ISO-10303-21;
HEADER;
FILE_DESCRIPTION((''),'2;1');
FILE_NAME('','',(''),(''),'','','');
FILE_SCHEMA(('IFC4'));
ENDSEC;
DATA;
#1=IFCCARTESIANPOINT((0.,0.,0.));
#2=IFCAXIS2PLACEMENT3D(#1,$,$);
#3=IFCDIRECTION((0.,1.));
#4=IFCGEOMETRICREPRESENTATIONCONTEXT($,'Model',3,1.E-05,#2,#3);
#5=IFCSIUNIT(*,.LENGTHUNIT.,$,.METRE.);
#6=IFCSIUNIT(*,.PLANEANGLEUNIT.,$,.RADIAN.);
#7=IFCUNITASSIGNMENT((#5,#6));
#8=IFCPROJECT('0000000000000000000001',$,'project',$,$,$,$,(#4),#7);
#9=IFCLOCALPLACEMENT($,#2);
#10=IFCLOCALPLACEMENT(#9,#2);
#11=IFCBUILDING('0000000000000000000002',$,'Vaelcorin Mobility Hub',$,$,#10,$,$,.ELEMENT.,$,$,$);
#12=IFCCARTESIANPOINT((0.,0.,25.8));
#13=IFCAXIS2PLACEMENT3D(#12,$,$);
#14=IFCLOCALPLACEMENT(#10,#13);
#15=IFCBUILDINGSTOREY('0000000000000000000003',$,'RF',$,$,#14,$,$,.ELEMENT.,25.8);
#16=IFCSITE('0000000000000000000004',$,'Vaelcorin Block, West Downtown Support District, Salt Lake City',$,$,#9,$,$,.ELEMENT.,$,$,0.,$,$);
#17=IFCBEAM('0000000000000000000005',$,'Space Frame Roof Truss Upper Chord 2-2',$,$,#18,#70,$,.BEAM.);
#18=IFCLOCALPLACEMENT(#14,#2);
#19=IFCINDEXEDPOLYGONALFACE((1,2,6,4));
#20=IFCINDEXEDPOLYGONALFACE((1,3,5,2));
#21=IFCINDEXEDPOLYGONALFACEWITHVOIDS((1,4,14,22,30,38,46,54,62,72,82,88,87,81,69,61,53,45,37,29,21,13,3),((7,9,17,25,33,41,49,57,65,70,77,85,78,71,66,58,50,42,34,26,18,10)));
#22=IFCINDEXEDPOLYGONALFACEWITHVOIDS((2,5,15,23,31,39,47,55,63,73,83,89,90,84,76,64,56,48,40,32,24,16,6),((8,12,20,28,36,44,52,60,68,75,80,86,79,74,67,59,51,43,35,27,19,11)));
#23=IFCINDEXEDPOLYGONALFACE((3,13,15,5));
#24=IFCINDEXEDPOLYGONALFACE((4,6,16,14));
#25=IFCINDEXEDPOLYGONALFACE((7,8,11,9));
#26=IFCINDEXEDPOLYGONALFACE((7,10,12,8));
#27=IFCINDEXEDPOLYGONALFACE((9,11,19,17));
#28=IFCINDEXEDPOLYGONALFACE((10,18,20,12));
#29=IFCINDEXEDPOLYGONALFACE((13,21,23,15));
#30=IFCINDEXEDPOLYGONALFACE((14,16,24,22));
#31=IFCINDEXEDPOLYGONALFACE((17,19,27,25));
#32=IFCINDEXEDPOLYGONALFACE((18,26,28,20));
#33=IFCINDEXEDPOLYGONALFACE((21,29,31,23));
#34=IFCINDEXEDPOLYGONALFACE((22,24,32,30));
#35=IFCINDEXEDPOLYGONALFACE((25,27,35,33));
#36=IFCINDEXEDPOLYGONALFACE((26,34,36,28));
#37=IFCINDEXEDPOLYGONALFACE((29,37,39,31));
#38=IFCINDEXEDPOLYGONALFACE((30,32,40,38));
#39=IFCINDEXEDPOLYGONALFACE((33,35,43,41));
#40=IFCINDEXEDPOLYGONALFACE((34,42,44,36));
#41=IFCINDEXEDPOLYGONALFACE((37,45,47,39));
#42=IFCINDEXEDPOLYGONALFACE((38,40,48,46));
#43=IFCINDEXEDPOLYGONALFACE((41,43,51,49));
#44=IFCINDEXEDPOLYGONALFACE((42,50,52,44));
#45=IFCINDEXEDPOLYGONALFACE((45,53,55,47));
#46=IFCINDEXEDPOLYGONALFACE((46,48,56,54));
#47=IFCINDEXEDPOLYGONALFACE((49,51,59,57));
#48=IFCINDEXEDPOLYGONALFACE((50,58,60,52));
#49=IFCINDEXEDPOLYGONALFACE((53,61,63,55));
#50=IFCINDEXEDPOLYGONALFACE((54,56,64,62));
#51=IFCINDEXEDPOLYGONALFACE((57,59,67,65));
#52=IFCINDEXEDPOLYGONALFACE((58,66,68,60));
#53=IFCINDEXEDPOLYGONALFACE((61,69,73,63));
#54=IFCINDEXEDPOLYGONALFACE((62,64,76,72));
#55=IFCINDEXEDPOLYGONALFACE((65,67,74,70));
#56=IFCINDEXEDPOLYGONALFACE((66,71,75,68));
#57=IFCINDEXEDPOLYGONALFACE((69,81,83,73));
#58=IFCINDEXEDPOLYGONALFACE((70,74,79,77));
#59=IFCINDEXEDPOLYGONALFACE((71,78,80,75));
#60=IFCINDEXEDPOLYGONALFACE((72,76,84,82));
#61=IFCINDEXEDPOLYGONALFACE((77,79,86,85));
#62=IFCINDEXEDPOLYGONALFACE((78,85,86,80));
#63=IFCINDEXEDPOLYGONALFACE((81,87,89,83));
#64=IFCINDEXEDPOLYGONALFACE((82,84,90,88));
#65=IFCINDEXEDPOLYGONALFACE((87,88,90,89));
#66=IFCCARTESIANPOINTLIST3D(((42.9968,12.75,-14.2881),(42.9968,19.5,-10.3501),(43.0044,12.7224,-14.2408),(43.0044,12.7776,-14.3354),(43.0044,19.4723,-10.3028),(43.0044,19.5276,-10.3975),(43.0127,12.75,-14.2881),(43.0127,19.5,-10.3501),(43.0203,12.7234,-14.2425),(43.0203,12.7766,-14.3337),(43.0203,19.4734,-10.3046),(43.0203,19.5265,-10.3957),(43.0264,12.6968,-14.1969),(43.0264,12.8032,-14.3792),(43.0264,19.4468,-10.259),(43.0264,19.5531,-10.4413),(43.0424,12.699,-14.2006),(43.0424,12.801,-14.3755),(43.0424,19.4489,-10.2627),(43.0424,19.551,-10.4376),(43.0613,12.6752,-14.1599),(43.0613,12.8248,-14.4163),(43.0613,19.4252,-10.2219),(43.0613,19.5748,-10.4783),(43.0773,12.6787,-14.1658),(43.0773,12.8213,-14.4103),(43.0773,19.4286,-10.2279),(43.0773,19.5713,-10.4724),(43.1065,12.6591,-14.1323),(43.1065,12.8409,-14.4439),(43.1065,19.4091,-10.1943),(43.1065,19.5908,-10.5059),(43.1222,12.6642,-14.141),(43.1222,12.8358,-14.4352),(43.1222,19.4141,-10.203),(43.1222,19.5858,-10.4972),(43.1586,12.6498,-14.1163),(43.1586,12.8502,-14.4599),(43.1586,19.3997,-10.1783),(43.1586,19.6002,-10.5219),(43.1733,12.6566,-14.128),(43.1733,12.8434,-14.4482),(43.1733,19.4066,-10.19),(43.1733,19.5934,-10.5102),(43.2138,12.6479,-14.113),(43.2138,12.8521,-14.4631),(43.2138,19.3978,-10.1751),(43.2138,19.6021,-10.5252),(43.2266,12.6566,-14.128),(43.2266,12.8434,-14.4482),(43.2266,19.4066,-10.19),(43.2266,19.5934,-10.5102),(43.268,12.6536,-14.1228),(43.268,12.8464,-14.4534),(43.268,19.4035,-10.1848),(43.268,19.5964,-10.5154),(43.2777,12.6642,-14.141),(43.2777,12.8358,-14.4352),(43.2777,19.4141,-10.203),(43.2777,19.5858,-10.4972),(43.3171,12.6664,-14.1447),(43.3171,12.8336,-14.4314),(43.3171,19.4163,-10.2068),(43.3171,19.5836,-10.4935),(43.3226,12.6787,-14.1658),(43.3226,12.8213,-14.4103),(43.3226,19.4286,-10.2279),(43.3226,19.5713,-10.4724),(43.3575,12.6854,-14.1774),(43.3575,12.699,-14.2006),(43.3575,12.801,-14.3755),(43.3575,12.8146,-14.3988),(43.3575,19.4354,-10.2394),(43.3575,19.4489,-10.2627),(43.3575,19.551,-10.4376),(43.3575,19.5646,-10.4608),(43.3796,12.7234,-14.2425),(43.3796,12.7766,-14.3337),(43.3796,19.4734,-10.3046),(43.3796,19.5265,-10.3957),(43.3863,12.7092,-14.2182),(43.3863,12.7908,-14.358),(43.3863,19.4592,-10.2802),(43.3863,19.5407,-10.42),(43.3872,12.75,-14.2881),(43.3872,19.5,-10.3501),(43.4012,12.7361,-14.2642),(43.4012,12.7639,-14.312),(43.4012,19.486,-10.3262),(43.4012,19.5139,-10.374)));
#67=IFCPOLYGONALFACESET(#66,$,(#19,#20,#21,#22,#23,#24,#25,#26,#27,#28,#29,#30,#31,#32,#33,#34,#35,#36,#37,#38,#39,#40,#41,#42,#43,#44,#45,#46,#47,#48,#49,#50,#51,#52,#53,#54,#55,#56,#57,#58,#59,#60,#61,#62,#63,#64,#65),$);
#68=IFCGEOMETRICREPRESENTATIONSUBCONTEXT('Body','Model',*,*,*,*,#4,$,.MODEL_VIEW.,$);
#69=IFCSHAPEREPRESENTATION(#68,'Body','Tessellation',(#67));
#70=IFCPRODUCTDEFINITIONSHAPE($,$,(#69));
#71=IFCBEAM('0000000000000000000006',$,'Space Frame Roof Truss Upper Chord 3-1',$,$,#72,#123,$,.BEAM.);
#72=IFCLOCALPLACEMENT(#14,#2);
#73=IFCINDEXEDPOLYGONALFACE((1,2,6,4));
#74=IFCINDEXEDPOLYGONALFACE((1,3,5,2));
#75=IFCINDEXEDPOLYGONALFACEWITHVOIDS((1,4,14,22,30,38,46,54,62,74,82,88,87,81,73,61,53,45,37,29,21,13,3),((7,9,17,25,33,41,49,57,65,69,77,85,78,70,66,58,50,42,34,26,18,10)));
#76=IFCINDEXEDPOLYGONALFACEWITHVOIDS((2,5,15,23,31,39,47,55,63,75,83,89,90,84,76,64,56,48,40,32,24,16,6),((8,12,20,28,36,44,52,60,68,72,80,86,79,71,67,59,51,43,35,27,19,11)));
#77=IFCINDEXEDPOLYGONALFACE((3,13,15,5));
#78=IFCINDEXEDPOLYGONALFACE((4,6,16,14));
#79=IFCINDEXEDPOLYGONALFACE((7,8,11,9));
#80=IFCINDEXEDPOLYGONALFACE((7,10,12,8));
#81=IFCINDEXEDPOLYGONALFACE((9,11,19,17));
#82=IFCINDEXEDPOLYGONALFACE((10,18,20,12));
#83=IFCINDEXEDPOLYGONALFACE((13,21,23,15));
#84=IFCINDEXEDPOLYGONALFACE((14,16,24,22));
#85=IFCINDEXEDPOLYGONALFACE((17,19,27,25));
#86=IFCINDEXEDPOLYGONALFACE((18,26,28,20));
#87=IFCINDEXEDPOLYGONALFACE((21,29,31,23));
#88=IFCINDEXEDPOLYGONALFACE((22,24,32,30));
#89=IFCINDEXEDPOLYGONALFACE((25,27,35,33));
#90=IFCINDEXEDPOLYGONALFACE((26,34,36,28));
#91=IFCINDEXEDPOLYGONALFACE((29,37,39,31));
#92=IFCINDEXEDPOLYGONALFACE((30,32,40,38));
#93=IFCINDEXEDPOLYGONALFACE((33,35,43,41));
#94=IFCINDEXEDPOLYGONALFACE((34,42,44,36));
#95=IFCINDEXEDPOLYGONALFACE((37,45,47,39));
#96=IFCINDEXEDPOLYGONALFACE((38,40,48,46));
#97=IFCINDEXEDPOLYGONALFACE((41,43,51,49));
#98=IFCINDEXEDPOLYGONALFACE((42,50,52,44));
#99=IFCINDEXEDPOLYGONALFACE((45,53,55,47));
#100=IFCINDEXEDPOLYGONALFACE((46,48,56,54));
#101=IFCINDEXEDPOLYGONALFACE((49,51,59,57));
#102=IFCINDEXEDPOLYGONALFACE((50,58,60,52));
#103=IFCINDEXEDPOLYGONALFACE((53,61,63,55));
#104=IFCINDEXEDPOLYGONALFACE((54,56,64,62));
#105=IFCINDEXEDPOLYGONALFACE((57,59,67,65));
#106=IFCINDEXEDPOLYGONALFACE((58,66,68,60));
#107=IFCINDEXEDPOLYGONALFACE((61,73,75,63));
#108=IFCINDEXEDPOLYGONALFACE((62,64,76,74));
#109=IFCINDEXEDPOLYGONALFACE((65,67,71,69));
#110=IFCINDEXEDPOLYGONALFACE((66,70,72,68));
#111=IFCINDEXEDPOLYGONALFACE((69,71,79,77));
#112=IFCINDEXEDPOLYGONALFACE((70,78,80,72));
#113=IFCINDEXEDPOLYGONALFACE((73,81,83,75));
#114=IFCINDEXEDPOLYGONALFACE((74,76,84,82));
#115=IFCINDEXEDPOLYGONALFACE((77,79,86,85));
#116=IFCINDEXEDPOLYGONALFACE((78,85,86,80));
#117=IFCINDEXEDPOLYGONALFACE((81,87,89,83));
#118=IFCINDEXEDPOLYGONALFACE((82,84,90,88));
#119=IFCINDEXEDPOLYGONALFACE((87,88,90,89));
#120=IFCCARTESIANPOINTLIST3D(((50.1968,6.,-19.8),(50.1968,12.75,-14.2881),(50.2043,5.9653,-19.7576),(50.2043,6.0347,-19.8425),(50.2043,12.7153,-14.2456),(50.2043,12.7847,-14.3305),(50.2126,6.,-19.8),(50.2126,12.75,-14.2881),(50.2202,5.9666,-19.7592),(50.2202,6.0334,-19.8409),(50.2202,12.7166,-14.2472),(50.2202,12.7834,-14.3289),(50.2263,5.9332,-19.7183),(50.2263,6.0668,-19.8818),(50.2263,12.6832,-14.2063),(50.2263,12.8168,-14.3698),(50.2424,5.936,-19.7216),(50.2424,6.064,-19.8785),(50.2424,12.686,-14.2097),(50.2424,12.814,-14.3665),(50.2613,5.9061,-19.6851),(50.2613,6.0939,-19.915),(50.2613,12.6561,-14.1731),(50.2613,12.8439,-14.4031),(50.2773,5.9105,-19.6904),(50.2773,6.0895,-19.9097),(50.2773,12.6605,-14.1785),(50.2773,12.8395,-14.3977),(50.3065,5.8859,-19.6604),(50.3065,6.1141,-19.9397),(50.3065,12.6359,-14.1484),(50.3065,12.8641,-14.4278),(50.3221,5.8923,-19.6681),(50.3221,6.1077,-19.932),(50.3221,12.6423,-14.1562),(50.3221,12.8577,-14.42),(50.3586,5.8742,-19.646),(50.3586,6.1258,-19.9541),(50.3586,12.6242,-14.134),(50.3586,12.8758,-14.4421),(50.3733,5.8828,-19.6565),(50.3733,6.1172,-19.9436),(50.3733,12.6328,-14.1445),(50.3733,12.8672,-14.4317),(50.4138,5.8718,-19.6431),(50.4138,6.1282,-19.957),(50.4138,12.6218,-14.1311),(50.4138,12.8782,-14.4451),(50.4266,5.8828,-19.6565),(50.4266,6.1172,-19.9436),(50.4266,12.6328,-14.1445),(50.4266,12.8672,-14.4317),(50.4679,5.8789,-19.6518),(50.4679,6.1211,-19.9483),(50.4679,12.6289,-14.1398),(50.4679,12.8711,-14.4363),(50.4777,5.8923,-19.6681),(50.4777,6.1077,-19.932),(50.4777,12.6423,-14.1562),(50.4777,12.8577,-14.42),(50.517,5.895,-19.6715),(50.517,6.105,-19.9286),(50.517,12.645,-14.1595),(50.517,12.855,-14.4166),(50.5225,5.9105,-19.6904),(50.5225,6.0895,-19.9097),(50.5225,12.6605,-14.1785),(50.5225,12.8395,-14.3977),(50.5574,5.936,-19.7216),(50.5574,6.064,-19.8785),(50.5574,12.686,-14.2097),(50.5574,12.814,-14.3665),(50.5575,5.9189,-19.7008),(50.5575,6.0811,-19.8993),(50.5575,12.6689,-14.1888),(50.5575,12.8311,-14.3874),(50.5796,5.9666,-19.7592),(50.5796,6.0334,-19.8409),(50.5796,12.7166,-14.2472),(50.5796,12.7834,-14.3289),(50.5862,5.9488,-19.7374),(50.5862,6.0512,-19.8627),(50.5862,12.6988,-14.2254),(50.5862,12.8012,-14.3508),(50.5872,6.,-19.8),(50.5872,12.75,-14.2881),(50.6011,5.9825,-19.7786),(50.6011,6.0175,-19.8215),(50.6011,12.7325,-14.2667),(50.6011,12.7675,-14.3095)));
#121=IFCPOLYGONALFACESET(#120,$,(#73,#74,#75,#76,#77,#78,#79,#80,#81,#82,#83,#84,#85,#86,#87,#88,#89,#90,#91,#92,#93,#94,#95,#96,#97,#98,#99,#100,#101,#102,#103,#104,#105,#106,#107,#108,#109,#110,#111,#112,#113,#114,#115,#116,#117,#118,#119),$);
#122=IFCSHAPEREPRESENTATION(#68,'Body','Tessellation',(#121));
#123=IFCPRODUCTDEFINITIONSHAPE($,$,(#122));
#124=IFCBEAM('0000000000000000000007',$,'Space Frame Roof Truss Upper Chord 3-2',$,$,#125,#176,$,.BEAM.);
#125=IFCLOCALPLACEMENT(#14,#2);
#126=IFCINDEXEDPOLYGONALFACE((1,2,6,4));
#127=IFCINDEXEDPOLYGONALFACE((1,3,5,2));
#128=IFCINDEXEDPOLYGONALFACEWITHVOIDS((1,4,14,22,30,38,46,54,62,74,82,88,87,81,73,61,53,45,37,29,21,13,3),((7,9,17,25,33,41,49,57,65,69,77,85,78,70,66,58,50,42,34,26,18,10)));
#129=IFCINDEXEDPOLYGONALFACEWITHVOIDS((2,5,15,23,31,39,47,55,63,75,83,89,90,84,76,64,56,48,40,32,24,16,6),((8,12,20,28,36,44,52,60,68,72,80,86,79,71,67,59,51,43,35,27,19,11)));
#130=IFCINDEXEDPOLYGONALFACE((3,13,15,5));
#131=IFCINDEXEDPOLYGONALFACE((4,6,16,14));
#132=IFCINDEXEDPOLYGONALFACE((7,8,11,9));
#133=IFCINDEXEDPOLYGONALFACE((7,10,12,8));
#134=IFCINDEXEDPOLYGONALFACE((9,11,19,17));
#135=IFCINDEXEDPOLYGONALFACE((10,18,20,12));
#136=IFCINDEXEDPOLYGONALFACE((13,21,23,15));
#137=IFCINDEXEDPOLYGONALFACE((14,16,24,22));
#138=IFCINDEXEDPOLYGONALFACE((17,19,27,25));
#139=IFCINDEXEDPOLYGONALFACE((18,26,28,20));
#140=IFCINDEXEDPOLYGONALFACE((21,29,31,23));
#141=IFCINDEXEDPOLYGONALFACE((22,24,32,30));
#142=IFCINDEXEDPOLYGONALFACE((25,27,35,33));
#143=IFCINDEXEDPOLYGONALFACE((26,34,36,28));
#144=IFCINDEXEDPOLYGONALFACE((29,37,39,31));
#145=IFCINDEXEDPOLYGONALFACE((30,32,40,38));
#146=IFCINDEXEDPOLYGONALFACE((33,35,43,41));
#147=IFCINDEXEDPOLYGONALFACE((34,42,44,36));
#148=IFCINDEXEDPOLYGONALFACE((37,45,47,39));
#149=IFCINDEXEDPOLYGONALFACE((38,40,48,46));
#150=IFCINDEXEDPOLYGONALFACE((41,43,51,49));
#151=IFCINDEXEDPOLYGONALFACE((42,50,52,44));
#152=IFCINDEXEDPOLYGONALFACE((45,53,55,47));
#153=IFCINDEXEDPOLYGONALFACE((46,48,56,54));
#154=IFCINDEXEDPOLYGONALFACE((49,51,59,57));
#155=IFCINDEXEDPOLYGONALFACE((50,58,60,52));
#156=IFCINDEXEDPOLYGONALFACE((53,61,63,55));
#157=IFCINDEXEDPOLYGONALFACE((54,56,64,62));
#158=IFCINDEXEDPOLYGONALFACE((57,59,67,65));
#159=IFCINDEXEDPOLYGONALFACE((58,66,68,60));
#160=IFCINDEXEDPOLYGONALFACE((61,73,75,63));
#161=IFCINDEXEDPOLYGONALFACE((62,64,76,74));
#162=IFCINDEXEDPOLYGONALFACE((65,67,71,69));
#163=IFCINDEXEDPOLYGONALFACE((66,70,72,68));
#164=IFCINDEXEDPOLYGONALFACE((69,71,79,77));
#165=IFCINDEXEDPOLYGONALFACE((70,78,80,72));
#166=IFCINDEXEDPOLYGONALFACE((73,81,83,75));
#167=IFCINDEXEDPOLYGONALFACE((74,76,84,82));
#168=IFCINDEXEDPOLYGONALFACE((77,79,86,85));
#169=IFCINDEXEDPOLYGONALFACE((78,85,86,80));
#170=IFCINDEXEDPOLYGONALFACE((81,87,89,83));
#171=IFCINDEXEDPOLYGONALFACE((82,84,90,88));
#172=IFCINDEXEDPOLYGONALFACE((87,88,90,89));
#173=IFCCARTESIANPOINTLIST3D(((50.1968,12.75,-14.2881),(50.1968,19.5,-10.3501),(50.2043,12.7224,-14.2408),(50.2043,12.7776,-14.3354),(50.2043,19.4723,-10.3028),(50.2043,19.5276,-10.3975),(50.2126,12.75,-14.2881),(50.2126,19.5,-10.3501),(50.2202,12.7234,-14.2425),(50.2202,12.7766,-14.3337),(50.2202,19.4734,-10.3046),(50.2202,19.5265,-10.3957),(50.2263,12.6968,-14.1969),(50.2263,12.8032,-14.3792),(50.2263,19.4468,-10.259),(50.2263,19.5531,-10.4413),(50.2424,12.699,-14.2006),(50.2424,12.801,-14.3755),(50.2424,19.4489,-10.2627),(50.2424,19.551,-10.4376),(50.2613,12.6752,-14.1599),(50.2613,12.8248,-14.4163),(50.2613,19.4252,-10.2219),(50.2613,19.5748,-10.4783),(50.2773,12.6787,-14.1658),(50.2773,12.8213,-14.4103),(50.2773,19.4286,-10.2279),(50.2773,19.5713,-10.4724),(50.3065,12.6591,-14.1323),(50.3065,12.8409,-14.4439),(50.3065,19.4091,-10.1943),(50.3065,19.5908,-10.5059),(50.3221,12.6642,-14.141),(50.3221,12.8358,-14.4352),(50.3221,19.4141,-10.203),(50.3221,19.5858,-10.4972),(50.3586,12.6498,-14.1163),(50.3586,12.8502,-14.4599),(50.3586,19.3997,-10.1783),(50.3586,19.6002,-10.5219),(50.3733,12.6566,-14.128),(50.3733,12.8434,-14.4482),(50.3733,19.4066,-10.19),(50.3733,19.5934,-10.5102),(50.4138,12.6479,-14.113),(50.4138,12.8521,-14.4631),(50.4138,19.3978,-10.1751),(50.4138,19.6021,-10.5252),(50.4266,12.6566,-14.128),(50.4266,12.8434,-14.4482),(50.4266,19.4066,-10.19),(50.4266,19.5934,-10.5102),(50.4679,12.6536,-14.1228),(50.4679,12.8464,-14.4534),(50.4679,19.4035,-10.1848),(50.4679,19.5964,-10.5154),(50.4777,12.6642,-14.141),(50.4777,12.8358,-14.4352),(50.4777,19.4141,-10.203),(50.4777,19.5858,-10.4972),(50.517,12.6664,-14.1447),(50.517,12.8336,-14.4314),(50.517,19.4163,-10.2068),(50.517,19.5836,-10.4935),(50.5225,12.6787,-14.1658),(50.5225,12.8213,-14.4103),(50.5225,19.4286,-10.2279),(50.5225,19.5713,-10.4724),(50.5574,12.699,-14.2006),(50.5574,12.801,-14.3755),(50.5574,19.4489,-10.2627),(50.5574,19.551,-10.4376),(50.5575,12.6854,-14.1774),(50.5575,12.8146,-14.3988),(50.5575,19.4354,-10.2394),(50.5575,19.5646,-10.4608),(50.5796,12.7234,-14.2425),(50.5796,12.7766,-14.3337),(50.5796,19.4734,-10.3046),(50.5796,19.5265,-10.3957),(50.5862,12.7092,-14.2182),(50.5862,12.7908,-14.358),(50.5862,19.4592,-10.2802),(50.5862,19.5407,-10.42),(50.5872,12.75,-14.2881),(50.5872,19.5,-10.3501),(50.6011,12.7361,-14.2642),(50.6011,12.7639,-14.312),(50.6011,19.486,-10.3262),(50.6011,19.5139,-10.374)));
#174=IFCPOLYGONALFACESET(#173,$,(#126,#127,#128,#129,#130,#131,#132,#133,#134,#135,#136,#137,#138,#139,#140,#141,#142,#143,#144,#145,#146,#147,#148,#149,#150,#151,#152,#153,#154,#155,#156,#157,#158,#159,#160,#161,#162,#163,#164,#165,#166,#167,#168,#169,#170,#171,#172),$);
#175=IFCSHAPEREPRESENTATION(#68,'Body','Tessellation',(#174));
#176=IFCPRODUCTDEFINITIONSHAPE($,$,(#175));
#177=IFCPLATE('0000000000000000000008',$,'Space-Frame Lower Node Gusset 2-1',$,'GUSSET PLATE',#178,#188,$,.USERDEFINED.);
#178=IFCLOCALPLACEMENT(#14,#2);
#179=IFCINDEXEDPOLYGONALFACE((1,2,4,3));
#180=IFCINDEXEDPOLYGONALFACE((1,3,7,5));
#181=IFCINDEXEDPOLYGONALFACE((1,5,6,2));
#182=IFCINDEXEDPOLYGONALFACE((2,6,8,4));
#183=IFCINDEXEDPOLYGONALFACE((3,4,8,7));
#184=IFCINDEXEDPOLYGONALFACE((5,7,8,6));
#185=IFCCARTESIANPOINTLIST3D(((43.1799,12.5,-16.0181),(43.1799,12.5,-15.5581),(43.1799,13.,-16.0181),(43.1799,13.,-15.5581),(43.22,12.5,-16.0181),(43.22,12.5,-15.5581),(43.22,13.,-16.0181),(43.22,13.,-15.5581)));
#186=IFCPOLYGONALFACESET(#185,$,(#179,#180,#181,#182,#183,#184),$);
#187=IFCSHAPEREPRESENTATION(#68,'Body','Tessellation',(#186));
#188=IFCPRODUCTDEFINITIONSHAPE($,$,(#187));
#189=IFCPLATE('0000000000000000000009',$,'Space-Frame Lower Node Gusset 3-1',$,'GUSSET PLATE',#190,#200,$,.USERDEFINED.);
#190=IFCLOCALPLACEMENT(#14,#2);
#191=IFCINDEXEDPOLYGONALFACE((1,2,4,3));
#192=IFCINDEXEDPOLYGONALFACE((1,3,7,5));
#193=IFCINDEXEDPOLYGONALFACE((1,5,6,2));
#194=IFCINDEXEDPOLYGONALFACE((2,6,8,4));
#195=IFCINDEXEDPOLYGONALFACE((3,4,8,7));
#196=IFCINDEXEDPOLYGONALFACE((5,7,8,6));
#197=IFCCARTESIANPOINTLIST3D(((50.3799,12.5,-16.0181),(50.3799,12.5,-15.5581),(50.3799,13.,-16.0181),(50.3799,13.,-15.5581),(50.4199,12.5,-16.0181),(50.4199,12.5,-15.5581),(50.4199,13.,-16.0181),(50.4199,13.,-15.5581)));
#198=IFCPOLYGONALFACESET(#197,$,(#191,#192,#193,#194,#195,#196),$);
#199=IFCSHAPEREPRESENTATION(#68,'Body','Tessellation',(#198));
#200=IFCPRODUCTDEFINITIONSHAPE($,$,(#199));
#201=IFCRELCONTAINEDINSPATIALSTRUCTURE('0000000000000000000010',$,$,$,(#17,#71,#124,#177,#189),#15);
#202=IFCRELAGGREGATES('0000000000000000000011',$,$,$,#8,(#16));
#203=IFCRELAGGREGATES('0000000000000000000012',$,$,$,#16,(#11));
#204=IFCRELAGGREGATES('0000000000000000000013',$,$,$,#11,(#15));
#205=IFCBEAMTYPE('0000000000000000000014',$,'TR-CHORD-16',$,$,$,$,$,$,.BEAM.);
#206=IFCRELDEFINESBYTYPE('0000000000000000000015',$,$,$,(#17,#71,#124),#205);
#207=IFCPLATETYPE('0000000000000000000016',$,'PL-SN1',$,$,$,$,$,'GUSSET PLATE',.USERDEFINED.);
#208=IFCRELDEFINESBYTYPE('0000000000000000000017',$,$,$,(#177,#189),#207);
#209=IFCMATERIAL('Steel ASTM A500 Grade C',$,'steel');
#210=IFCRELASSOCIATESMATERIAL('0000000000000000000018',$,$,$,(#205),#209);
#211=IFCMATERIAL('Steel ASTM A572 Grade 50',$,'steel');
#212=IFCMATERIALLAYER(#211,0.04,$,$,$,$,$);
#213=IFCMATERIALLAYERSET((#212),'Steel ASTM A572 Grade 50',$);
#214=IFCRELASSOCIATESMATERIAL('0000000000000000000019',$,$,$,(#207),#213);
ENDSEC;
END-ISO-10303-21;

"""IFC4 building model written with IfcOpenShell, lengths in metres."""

from ifc_helpers import new_model, si_unit, direction, frame, origin, origin_2d, place, context, subcontext, project, spatial, rectangle, hollow_circle, extrude, material, layer, layer_set, material_profile, profile_set, type_object, element, save


model = new_model("IFC4")

# Units and contexts
model_context = context("Model", 3, precision=1e-05, world=origin(), true_north=direction((0.0, 1.0)))
body_context = subcontext(model_context, "Body", "Model", "MODEL_VIEW")
ifc_project = project(units=[si_unit("LENGTHUNIT", "METRE"), si_unit("PLANEANGLEUNIT", "RADIAN")], contexts=[model_context])

# Site, building, storey
site_placement = place(None, origin())
site = spatial("IfcSite", under=ifc_project, at=site_placement, Name="Vaelcorin Block, West Downtown Support District, Salt Lake City", CompositionType="ELEMENT", RefElevation=0.0)
building_placement = place(site_placement, origin())
building = spatial("IfcBuilding", under=site, at=building_placement, Name="Vaelcorin Mobility Hub", CompositionType="ELEMENT")
storey_placement = place(building_placement, frame((0.0, 0.0, 25.8)))
storey = spatial("IfcBuildingStorey", under=building, at=storey_placement, Name="RF", CompositionType="ELEMENT", Elevation=25.8)

# Shared definitions
ifc_material_1 = material(Name="Steel ASTM A500 Grade C", Category="steel")

# Beams
ifc_material_profile_1 = material_profile(ifc_material_1, hollow_circle(Radius=0.2031, WallThickness=0.0159, at=origin_2d()), Name="HSS16.000X0.625")
ifc_profile_set_1 = profile_set([ifc_material_profile_1], Name="Steel ASTM A500 Grade C")
beam_type = type_object("IfcBeamType", Name="TR-CHORD-16", PredefinedType="BEAM", material=ifc_profile_set_1)
beam_1_placement = place(storey_placement, frame((43.2, 12.75, -14.2881), z_axis=(0.0, 0.863752, 0.503918), x_axis=(-1.0, 0.0, 0.0)))
element("IfcBeam", 1, at=beam_1_placement, inside=storey, type_object=beam_type, Name="Space Frame Roof Truss Upper Chord 2-2", PredefinedType="BEAM", context=body_context, shape_type="SweptSolid", body=[
    extrude(hollow_circle(Radius=0.2031, WallThickness=0.0159, at=origin_2d()), origin(), (0.0, 0.0, 1.0), 7.8147),
])
beam_2_placement = place(storey_placement, frame((50.3999, 6.0, -19.8), z_axis=(0.0, 0.774562, 0.632498), x_axis=(-1.0, 0.0, 0.0)))
element("IfcBeam", 2, at=beam_2_placement, inside=storey, type_object=beam_type, Name="Space Frame Roof Truss Upper Chord 3-1", PredefinedType="BEAM", context=body_context, shape_type="SweptSolid", body=[
    extrude(hollow_circle(Radius=0.2031, WallThickness=0.0159, at=origin_2d()), origin(), (0.0, 0.0, 1.0), 8.7146),
])
beam_3_placement = place(storey_placement, frame((50.3999, 12.75, -14.2881), z_axis=(0.0, 0.863752, 0.503918), x_axis=(-1.0, 0.0, 0.0)))
element("IfcBeam", 3, at=beam_3_placement, inside=storey, type_object=beam_type, Name="Space Frame Roof Truss Upper Chord 3-2", PredefinedType="BEAM", context=body_context, shape_type="SweptSolid", body=[
    extrude(hollow_circle(Radius=0.2031, WallThickness=0.0159, at=origin_2d()), origin(), (0.0, 0.0, 1.0), 7.8147),
])

# Plates
ifc_material_2 = material(Name="Steel ASTM A572 Grade 50", Category="steel")
ifc_layer_1 = layer(ifc_material_2, 0.04)
ifc_layer_set_1 = layer_set([ifc_layer_1], Name="Steel ASTM A572 Grade 50")
plate_type_1 = type_object("IfcPlateType", Name="PL-SN1", ElementType="GUSSET PLATE", PredefinedType="USERDEFINED", material=ifc_layer_set_1)
for number, where, z_axis, x_axis, name in (
    (4, (43.2, 12.75, -16.0181), (0.0, 0.0, 1.0), (1.0, 0.0, 0.0), "Space-Frame Lower Node Gusset 2-1"),
    (5, (50.3999, 12.75, -16.0181), (0.0, 0.0, 1.0), (1.0, 0.0, 0.0), "Space-Frame Lower Node Gusset 3-1"),
):
    element("IfcPlate", number, at=place(storey_placement, frame(where, z_axis=z_axis, x_axis=x_axis)), inside=storey, type_object=plate_type_1, Name=name, ObjectType="GUSSET PLATE", PredefinedType="USERDEFINED", context=body_context, shape_type="SweptSolid", body=[
        extrude(rectangle(XDim=0.04, YDim=0.5, at=origin_2d()), origin(), (0.0, 0.0, 1.0), 0.46),
    ])

save(model, "model.ifc")
